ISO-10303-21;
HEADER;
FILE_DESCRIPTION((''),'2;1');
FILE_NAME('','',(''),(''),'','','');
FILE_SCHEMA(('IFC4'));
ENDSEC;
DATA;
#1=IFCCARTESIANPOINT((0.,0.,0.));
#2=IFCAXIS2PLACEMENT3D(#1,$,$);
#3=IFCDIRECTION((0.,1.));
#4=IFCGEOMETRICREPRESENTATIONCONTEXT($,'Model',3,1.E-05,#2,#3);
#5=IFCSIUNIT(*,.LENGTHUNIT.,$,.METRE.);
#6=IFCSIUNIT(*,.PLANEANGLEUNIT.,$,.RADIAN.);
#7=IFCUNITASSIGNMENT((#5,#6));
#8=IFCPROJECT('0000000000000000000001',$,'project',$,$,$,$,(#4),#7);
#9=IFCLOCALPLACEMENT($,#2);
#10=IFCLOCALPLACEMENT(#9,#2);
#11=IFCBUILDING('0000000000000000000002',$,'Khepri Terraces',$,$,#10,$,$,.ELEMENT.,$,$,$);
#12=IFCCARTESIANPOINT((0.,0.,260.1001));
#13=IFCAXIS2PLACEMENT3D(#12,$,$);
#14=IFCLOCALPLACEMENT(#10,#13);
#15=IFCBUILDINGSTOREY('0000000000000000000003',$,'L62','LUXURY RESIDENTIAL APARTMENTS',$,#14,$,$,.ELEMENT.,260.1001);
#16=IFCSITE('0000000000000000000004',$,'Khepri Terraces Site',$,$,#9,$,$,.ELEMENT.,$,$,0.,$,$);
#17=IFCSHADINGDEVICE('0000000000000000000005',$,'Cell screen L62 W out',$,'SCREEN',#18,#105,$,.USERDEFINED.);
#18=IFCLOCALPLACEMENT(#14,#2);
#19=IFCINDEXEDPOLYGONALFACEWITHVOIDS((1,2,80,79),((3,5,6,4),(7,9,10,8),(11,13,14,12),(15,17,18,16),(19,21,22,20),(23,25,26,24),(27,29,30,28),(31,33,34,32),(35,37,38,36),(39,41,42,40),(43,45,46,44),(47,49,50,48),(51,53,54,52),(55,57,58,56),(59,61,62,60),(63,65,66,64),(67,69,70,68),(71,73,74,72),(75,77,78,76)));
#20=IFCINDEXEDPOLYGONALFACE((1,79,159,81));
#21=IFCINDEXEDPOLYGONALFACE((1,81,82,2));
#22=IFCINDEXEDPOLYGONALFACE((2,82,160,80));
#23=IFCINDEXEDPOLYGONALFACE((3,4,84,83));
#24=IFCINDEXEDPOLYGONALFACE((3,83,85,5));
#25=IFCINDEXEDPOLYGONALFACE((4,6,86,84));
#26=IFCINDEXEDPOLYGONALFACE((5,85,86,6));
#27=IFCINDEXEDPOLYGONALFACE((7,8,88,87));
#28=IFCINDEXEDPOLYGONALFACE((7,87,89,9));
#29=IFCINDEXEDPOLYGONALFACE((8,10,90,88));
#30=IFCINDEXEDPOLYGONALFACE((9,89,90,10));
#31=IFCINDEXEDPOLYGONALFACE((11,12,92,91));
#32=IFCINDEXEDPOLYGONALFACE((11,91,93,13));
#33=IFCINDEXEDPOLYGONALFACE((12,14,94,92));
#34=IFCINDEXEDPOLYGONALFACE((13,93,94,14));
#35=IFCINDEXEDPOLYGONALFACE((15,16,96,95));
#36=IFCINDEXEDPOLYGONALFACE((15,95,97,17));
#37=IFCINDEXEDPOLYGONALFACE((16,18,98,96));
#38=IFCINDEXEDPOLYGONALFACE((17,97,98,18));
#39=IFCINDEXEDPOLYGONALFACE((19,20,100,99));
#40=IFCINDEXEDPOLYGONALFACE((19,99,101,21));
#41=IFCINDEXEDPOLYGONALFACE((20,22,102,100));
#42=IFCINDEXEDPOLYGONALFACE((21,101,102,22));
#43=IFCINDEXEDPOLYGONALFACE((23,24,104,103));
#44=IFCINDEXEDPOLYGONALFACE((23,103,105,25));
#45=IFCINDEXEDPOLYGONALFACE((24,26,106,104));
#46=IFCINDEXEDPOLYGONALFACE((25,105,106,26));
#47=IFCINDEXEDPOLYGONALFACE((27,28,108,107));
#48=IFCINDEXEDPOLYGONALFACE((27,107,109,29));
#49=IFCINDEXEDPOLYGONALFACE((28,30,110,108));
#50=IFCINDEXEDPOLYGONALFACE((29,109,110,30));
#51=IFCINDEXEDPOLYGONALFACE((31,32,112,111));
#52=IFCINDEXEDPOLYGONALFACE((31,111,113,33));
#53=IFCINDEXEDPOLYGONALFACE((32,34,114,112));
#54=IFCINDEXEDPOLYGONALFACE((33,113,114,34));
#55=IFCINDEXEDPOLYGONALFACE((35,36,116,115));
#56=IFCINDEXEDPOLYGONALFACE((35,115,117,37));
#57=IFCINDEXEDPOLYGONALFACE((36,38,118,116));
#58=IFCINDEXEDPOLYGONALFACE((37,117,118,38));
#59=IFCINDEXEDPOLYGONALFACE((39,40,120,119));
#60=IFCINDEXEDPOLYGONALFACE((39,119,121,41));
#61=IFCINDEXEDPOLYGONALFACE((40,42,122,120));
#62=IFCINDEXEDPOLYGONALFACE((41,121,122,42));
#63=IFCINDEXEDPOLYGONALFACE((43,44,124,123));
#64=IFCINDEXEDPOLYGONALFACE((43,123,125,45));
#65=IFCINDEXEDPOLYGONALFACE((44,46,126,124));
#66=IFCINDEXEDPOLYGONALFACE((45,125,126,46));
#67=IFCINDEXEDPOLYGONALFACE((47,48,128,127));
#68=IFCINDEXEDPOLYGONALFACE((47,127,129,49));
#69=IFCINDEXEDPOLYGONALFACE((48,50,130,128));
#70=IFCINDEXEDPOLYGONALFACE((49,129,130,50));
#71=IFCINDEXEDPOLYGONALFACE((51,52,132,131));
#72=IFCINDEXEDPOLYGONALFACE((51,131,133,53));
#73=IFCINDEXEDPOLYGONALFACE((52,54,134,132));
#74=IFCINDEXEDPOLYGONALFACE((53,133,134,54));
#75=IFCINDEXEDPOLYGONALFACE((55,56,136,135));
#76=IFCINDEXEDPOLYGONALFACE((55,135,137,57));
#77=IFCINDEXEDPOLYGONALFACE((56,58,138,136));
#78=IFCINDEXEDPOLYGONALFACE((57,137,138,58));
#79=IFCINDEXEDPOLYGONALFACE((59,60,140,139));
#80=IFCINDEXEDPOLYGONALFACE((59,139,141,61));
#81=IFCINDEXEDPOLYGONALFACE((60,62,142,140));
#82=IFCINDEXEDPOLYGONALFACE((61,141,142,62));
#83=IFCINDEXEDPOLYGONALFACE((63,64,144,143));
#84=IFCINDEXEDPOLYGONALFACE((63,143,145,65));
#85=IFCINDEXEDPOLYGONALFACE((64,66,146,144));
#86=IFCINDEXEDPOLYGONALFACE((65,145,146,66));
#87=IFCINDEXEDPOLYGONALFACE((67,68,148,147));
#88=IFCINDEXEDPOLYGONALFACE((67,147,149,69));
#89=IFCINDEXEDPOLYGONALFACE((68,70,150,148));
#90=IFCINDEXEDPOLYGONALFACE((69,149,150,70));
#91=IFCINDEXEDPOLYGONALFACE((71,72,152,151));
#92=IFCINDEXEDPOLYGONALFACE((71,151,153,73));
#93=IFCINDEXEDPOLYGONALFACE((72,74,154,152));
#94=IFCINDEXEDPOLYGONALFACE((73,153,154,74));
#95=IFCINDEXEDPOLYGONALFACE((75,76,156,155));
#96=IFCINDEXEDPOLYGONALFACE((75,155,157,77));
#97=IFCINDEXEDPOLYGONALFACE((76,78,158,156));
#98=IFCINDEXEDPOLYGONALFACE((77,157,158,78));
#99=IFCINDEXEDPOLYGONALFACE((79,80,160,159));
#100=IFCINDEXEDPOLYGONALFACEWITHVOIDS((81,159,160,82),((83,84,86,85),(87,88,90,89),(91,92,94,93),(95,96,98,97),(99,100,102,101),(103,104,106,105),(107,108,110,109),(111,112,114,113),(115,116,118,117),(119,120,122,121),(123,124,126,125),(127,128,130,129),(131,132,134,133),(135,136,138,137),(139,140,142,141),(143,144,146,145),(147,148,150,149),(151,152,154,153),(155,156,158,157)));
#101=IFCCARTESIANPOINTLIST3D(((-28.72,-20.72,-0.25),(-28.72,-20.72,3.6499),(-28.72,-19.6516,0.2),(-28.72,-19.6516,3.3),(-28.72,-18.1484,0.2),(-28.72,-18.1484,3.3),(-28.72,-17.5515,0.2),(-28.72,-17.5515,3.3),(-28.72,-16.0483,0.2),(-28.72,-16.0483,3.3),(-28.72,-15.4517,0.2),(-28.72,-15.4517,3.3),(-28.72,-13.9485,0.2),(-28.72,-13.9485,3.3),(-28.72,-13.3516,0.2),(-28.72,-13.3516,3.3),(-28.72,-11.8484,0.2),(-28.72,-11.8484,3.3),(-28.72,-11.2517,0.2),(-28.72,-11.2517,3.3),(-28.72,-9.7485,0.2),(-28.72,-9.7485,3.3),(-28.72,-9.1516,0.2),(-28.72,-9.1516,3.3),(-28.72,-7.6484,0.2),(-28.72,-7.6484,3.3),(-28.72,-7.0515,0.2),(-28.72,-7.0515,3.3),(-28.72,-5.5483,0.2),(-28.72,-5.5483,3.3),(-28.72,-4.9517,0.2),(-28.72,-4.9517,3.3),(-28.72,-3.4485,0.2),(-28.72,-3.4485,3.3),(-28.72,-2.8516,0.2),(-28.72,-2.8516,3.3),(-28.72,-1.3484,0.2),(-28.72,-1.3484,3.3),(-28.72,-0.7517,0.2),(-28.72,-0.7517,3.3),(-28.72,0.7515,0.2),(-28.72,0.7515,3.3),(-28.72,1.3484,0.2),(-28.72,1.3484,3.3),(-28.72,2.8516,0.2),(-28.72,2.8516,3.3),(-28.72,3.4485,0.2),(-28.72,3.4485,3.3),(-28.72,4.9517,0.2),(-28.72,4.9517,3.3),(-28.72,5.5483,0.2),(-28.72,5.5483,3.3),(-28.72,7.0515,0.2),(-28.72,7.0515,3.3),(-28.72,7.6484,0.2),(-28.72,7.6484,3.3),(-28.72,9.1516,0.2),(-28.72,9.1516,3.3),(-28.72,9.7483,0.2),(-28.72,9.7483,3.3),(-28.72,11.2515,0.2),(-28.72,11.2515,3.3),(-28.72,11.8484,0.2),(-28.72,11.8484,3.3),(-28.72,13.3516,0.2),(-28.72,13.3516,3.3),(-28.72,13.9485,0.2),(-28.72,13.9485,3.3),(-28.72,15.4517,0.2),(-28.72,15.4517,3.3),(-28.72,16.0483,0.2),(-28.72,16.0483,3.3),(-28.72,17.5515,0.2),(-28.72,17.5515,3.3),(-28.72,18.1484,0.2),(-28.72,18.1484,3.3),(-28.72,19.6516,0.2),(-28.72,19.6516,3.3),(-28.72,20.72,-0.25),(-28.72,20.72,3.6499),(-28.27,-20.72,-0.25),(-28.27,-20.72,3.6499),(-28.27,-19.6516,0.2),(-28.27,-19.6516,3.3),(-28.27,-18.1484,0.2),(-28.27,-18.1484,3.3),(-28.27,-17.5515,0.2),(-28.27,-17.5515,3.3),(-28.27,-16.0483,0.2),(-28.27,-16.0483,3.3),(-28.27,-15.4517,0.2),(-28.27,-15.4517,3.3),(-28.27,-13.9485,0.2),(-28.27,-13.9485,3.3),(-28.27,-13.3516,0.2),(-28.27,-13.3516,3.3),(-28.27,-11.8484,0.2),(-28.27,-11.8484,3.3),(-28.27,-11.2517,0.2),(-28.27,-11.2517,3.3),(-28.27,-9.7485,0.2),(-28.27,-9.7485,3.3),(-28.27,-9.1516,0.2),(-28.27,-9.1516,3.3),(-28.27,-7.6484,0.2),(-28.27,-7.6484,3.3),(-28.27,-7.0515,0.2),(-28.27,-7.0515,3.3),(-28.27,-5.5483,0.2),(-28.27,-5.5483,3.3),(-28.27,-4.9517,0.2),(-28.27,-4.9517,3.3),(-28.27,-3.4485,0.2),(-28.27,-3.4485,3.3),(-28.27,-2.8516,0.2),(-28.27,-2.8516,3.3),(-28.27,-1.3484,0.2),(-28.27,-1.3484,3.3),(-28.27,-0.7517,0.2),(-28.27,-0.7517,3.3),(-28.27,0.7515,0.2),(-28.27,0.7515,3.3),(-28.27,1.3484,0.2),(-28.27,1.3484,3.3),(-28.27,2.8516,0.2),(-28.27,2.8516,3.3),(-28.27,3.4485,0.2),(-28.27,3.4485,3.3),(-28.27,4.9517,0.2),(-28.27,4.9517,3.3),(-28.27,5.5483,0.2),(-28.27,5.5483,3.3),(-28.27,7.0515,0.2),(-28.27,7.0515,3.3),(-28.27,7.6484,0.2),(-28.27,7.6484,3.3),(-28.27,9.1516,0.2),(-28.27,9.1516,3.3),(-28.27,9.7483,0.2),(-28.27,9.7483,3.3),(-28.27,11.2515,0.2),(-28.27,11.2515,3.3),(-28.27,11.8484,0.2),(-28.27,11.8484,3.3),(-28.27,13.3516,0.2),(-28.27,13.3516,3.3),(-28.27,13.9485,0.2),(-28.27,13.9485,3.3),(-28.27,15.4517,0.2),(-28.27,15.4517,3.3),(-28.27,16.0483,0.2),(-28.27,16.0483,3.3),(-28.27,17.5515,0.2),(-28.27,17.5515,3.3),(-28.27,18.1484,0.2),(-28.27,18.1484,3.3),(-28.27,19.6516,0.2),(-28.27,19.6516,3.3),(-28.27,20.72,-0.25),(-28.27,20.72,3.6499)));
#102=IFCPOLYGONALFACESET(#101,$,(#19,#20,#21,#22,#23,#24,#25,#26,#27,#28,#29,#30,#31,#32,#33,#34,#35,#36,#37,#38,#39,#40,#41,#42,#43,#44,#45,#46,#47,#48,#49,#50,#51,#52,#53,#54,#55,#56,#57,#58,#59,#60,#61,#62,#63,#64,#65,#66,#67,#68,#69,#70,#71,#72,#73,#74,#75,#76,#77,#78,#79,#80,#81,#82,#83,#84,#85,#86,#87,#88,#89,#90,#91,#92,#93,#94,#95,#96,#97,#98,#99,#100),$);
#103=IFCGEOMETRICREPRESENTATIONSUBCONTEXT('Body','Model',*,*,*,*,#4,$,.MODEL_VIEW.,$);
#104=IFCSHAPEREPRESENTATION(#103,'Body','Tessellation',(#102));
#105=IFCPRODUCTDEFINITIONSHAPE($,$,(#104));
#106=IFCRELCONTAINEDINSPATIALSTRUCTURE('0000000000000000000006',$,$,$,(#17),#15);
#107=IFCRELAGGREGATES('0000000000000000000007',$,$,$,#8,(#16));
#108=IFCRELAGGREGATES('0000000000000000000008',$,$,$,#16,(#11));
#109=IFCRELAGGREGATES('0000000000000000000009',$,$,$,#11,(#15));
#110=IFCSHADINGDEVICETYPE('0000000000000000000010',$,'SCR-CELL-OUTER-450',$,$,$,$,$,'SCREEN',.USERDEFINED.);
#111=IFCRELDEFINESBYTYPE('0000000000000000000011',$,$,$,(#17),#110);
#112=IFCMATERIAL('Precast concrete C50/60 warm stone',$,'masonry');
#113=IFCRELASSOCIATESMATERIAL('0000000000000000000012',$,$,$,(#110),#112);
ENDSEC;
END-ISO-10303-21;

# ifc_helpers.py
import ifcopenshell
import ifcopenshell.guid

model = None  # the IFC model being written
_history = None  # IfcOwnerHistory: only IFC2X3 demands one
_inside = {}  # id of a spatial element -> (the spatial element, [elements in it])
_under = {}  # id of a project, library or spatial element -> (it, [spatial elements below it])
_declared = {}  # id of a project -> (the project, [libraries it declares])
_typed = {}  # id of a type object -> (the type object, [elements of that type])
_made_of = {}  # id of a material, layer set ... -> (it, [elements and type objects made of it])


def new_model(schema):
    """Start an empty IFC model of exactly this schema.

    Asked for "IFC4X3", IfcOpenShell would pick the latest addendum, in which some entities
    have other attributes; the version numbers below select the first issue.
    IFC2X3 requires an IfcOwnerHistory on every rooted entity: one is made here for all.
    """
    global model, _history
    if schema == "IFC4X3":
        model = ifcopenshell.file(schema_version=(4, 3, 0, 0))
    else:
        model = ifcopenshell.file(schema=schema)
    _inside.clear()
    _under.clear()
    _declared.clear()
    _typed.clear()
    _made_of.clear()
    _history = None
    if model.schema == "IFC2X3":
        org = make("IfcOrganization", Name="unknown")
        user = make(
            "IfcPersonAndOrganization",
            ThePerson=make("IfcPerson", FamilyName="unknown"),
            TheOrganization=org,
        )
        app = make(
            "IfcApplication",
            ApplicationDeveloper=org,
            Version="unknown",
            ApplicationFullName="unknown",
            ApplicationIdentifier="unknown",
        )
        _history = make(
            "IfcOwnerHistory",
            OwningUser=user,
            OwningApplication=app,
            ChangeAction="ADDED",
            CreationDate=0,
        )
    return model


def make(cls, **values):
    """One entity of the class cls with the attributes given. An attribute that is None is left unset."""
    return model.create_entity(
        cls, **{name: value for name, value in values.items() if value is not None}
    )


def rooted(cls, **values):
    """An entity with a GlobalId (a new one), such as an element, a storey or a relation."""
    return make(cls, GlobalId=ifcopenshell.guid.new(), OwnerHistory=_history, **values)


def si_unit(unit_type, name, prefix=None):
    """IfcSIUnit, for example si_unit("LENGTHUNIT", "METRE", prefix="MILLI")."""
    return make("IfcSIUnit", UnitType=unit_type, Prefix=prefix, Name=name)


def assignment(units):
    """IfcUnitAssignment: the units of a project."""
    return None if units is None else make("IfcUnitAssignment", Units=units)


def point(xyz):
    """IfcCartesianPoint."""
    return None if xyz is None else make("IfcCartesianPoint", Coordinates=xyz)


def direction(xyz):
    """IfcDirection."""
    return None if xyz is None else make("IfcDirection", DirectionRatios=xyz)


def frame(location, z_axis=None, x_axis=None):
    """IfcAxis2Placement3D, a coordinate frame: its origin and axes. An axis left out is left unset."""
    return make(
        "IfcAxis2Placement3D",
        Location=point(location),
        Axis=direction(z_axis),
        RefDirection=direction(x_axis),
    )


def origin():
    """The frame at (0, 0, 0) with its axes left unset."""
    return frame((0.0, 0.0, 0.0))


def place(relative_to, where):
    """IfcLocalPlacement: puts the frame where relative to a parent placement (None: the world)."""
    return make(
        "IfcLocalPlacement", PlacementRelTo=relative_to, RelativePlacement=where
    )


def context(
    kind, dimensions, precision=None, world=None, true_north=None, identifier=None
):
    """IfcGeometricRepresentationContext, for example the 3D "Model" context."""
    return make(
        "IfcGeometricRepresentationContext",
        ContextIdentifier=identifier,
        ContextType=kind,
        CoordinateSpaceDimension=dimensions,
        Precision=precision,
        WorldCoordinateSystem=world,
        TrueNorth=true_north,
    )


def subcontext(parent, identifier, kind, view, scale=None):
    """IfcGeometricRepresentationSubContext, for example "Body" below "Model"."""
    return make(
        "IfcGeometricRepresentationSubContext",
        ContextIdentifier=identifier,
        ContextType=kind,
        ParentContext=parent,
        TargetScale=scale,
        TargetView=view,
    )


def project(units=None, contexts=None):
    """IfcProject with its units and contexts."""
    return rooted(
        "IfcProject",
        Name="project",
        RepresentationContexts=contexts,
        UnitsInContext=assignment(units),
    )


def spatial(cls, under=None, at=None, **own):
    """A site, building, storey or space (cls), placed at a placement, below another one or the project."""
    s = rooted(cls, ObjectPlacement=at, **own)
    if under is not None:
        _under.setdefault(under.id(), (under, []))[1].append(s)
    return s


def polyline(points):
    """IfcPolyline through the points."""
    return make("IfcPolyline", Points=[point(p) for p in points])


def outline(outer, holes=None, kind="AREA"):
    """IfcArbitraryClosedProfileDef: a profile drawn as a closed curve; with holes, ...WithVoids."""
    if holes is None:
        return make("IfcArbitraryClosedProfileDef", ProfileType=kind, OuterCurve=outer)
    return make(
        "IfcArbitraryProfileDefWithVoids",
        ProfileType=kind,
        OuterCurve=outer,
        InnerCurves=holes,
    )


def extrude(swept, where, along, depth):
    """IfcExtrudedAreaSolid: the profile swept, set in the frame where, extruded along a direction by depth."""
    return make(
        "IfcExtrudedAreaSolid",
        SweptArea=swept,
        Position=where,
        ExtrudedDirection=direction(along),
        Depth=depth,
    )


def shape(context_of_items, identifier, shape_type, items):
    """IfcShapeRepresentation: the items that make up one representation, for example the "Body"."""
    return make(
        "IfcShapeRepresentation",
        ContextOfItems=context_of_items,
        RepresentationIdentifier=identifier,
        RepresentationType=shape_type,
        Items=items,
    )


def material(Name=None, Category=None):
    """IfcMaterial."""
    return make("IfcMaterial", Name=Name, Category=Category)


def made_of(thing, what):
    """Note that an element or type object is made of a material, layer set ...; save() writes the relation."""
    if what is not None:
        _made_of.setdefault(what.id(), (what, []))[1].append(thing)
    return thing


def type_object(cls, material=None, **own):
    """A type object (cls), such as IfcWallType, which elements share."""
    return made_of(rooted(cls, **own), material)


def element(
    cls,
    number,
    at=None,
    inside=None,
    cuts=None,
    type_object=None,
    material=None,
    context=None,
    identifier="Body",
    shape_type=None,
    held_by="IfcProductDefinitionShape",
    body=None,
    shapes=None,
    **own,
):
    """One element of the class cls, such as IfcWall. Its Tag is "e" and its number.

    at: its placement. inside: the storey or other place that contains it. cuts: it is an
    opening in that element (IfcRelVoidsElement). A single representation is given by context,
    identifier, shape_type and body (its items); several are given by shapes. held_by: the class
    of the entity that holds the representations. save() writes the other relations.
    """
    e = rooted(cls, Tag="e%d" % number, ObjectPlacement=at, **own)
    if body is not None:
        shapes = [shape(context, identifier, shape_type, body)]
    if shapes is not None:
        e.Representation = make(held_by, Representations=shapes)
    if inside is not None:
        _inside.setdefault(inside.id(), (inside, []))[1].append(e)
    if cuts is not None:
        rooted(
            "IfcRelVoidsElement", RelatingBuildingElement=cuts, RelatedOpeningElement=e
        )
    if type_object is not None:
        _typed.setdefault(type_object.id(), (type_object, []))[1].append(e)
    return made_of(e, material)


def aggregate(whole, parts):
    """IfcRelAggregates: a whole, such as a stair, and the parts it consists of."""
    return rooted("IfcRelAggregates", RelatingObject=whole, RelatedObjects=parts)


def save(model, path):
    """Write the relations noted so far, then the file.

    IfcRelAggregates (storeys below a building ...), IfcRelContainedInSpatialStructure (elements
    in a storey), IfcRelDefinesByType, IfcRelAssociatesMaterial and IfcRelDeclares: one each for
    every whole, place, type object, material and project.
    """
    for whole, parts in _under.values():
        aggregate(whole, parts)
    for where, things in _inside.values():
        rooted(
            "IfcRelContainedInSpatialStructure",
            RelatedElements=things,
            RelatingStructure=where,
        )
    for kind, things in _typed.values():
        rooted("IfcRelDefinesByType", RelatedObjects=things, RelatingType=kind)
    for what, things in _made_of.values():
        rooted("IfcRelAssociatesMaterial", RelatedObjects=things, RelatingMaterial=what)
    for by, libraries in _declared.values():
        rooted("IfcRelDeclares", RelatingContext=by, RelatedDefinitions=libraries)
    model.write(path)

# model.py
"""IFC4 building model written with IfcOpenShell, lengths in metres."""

from ifc_helpers import new_model, si_unit, direction, frame, origin, place, context, subcontext, project, spatial, polyline, outline, extrude, material, type_object, element, save


model = new_model("IFC4")

# Units and contexts
model_context = context("Model", 3, precision=1e-05, world=origin(), true_north=direction((0.0, 1.0)))
body_context = subcontext(model_context, "Body", "Model", "MODEL_VIEW")
ifc_project = project(units=[si_unit("LENGTHUNIT", "METRE"), si_unit("PLANEANGLEUNIT", "RADIAN")], contexts=[model_context])

# Site, building, storey
site_placement = place(None, origin())
site = spatial("IfcSite", under=ifc_project, at=site_placement, Name="Khepri Terraces Site", CompositionType="ELEMENT", RefElevation=0.0)
building_placement = place(site_placement, origin())
building = spatial("IfcBuilding", under=site, at=building_placement, Name="Khepri Terraces", CompositionType="ELEMENT")
storey_placement = place(building_placement, frame((0.0, 0.0, 260.1001)))
storey = spatial("IfcBuildingStorey", under=building, at=storey_placement, Name="L62", Description="LUXURY RESIDENTIAL APARTMENTS", CompositionType="ELEMENT", Elevation=260.1001)

# Shared definitions
ifc_material_1 = material(Name="Precast concrete C50/60 warm stone", Category="masonry")

# Shading device
shading_device_type_1 = type_object("IfcShadingDeviceType", Name="SCR-CELL-OUTER-450", ElementType="SCREEN", PredefinedType="USERDEFINED", material=ifc_material_1)
shading_device_1_placement = place(storey_placement, frame((-28.27, 20.72, -0.25), z_axis=(-1.0, 0.0, 0.0), x_axis=(0.0, -1.0, 0.0)))
element("IfcShadingDevice", 1, at=shading_device_1_placement, inside=storey, type_object=shading_device_type_1, Name="Cell screen L62 W out", ObjectType="SCREEN", PredefinedType="USERDEFINED", context=body_context, shape_type="SweptSolid", body=[
    extrude(outline(polyline([(0.0, 0.0), (41.4399, 0.0), (41.4399, 3.8999), (0.0, 3.8999), (0.0, 0.0)]), holes=[polyline([(1.0684, 0.45), (2.5715, 0.45), (2.5715, 3.55), (1.0684, 3.55), (1.0684, 0.45)]), polyline([(3.1685, 0.45), (4.6716, 0.45), (4.6716, 3.55), (3.1685, 3.55), (3.1685, 0.45)]), polyline([(5.2683, 0.45), (6.7715, 0.45), (6.7715, 3.55), (5.2683, 3.55), (5.2683, 0.45)]), polyline([(7.3684, 0.45), (8.8716, 0.45), (8.8716, 3.55), (7.3684, 3.55), (7.3684, 0.45)]), polyline([(9.4685, 0.45), (10.9717, 0.45), (10.9717, 3.55), (9.4685, 3.55), (9.4685, 0.45)]), polyline([(11.5684, 0.45), (13.0715, 0.45), (13.0715, 3.55), (11.5684, 3.55), (11.5684, 0.45)]), polyline([(13.6685, 0.45), (15.1716, 0.45), (15.1716, 3.55), (13.6685, 3.55), (13.6685, 0.45)]), polyline([(15.7683, 0.45), (17.2715, 0.45), (17.2715, 3.55), (15.7683, 3.55), (15.7683, 0.45)]), polyline([(17.8684, 0.45), (19.3716, 0.45), (19.3716, 3.55), (17.8684, 3.55), (17.8684, 0.45)]), polyline([(19.9685, 0.45), (21.4717, 0.45), (21.4717, 3.55), (19.9685, 3.55), (19.9685, 0.45)]), polyline([(22.0684, 0.45), (23.5715, 0.45), (23.5715, 3.55), (22.0684, 3.55), (22.0684, 0.45)]), polyline([(24.1685, 0.45), (25.6716, 0.45), (25.6716, 3.55), (24.1685, 3.55), (24.1685, 0.45)]), polyline([(26.2683, 0.45), (27.7715, 0.45), (27.7715, 3.55), (26.2683, 3.55), (26.2683, 0.45)]), polyline([(28.3684, 0.45), (29.8716, 0.45), (29.8716, 3.55), (28.3684, 3.55), (28.3684, 0.45)]), polyline([(30.4685, 0.45), (31.9717, 0.45), (31.9717, 3.55), (30.4685, 3.55), (30.4685, 0.45)]), polyline([(32.5684, 0.45), (34.0715, 0.45), (34.0715, 3.55), (32.5684, 3.55), (32.5684, 0.45)]), polyline([(34.6685, 0.45), (36.1716, 0.45), (36.1716, 3.55), (34.6685, 3.55), (34.6685, 0.45)]), polyline([(36.7683, 0.45), (38.2715, 0.45), (38.2715, 3.55), (36.7683, 3.55), (36.7683, 0.45)]), polyline([(38.8684, 0.45), (40.3716, 0.45), (40.3716, 3.55), (38.8684, 3.55), (38.8684, 0.45)])]), origin(), (0.0, 0.0, 1.0), 0.45),
])

save(model, "model.ifc")
